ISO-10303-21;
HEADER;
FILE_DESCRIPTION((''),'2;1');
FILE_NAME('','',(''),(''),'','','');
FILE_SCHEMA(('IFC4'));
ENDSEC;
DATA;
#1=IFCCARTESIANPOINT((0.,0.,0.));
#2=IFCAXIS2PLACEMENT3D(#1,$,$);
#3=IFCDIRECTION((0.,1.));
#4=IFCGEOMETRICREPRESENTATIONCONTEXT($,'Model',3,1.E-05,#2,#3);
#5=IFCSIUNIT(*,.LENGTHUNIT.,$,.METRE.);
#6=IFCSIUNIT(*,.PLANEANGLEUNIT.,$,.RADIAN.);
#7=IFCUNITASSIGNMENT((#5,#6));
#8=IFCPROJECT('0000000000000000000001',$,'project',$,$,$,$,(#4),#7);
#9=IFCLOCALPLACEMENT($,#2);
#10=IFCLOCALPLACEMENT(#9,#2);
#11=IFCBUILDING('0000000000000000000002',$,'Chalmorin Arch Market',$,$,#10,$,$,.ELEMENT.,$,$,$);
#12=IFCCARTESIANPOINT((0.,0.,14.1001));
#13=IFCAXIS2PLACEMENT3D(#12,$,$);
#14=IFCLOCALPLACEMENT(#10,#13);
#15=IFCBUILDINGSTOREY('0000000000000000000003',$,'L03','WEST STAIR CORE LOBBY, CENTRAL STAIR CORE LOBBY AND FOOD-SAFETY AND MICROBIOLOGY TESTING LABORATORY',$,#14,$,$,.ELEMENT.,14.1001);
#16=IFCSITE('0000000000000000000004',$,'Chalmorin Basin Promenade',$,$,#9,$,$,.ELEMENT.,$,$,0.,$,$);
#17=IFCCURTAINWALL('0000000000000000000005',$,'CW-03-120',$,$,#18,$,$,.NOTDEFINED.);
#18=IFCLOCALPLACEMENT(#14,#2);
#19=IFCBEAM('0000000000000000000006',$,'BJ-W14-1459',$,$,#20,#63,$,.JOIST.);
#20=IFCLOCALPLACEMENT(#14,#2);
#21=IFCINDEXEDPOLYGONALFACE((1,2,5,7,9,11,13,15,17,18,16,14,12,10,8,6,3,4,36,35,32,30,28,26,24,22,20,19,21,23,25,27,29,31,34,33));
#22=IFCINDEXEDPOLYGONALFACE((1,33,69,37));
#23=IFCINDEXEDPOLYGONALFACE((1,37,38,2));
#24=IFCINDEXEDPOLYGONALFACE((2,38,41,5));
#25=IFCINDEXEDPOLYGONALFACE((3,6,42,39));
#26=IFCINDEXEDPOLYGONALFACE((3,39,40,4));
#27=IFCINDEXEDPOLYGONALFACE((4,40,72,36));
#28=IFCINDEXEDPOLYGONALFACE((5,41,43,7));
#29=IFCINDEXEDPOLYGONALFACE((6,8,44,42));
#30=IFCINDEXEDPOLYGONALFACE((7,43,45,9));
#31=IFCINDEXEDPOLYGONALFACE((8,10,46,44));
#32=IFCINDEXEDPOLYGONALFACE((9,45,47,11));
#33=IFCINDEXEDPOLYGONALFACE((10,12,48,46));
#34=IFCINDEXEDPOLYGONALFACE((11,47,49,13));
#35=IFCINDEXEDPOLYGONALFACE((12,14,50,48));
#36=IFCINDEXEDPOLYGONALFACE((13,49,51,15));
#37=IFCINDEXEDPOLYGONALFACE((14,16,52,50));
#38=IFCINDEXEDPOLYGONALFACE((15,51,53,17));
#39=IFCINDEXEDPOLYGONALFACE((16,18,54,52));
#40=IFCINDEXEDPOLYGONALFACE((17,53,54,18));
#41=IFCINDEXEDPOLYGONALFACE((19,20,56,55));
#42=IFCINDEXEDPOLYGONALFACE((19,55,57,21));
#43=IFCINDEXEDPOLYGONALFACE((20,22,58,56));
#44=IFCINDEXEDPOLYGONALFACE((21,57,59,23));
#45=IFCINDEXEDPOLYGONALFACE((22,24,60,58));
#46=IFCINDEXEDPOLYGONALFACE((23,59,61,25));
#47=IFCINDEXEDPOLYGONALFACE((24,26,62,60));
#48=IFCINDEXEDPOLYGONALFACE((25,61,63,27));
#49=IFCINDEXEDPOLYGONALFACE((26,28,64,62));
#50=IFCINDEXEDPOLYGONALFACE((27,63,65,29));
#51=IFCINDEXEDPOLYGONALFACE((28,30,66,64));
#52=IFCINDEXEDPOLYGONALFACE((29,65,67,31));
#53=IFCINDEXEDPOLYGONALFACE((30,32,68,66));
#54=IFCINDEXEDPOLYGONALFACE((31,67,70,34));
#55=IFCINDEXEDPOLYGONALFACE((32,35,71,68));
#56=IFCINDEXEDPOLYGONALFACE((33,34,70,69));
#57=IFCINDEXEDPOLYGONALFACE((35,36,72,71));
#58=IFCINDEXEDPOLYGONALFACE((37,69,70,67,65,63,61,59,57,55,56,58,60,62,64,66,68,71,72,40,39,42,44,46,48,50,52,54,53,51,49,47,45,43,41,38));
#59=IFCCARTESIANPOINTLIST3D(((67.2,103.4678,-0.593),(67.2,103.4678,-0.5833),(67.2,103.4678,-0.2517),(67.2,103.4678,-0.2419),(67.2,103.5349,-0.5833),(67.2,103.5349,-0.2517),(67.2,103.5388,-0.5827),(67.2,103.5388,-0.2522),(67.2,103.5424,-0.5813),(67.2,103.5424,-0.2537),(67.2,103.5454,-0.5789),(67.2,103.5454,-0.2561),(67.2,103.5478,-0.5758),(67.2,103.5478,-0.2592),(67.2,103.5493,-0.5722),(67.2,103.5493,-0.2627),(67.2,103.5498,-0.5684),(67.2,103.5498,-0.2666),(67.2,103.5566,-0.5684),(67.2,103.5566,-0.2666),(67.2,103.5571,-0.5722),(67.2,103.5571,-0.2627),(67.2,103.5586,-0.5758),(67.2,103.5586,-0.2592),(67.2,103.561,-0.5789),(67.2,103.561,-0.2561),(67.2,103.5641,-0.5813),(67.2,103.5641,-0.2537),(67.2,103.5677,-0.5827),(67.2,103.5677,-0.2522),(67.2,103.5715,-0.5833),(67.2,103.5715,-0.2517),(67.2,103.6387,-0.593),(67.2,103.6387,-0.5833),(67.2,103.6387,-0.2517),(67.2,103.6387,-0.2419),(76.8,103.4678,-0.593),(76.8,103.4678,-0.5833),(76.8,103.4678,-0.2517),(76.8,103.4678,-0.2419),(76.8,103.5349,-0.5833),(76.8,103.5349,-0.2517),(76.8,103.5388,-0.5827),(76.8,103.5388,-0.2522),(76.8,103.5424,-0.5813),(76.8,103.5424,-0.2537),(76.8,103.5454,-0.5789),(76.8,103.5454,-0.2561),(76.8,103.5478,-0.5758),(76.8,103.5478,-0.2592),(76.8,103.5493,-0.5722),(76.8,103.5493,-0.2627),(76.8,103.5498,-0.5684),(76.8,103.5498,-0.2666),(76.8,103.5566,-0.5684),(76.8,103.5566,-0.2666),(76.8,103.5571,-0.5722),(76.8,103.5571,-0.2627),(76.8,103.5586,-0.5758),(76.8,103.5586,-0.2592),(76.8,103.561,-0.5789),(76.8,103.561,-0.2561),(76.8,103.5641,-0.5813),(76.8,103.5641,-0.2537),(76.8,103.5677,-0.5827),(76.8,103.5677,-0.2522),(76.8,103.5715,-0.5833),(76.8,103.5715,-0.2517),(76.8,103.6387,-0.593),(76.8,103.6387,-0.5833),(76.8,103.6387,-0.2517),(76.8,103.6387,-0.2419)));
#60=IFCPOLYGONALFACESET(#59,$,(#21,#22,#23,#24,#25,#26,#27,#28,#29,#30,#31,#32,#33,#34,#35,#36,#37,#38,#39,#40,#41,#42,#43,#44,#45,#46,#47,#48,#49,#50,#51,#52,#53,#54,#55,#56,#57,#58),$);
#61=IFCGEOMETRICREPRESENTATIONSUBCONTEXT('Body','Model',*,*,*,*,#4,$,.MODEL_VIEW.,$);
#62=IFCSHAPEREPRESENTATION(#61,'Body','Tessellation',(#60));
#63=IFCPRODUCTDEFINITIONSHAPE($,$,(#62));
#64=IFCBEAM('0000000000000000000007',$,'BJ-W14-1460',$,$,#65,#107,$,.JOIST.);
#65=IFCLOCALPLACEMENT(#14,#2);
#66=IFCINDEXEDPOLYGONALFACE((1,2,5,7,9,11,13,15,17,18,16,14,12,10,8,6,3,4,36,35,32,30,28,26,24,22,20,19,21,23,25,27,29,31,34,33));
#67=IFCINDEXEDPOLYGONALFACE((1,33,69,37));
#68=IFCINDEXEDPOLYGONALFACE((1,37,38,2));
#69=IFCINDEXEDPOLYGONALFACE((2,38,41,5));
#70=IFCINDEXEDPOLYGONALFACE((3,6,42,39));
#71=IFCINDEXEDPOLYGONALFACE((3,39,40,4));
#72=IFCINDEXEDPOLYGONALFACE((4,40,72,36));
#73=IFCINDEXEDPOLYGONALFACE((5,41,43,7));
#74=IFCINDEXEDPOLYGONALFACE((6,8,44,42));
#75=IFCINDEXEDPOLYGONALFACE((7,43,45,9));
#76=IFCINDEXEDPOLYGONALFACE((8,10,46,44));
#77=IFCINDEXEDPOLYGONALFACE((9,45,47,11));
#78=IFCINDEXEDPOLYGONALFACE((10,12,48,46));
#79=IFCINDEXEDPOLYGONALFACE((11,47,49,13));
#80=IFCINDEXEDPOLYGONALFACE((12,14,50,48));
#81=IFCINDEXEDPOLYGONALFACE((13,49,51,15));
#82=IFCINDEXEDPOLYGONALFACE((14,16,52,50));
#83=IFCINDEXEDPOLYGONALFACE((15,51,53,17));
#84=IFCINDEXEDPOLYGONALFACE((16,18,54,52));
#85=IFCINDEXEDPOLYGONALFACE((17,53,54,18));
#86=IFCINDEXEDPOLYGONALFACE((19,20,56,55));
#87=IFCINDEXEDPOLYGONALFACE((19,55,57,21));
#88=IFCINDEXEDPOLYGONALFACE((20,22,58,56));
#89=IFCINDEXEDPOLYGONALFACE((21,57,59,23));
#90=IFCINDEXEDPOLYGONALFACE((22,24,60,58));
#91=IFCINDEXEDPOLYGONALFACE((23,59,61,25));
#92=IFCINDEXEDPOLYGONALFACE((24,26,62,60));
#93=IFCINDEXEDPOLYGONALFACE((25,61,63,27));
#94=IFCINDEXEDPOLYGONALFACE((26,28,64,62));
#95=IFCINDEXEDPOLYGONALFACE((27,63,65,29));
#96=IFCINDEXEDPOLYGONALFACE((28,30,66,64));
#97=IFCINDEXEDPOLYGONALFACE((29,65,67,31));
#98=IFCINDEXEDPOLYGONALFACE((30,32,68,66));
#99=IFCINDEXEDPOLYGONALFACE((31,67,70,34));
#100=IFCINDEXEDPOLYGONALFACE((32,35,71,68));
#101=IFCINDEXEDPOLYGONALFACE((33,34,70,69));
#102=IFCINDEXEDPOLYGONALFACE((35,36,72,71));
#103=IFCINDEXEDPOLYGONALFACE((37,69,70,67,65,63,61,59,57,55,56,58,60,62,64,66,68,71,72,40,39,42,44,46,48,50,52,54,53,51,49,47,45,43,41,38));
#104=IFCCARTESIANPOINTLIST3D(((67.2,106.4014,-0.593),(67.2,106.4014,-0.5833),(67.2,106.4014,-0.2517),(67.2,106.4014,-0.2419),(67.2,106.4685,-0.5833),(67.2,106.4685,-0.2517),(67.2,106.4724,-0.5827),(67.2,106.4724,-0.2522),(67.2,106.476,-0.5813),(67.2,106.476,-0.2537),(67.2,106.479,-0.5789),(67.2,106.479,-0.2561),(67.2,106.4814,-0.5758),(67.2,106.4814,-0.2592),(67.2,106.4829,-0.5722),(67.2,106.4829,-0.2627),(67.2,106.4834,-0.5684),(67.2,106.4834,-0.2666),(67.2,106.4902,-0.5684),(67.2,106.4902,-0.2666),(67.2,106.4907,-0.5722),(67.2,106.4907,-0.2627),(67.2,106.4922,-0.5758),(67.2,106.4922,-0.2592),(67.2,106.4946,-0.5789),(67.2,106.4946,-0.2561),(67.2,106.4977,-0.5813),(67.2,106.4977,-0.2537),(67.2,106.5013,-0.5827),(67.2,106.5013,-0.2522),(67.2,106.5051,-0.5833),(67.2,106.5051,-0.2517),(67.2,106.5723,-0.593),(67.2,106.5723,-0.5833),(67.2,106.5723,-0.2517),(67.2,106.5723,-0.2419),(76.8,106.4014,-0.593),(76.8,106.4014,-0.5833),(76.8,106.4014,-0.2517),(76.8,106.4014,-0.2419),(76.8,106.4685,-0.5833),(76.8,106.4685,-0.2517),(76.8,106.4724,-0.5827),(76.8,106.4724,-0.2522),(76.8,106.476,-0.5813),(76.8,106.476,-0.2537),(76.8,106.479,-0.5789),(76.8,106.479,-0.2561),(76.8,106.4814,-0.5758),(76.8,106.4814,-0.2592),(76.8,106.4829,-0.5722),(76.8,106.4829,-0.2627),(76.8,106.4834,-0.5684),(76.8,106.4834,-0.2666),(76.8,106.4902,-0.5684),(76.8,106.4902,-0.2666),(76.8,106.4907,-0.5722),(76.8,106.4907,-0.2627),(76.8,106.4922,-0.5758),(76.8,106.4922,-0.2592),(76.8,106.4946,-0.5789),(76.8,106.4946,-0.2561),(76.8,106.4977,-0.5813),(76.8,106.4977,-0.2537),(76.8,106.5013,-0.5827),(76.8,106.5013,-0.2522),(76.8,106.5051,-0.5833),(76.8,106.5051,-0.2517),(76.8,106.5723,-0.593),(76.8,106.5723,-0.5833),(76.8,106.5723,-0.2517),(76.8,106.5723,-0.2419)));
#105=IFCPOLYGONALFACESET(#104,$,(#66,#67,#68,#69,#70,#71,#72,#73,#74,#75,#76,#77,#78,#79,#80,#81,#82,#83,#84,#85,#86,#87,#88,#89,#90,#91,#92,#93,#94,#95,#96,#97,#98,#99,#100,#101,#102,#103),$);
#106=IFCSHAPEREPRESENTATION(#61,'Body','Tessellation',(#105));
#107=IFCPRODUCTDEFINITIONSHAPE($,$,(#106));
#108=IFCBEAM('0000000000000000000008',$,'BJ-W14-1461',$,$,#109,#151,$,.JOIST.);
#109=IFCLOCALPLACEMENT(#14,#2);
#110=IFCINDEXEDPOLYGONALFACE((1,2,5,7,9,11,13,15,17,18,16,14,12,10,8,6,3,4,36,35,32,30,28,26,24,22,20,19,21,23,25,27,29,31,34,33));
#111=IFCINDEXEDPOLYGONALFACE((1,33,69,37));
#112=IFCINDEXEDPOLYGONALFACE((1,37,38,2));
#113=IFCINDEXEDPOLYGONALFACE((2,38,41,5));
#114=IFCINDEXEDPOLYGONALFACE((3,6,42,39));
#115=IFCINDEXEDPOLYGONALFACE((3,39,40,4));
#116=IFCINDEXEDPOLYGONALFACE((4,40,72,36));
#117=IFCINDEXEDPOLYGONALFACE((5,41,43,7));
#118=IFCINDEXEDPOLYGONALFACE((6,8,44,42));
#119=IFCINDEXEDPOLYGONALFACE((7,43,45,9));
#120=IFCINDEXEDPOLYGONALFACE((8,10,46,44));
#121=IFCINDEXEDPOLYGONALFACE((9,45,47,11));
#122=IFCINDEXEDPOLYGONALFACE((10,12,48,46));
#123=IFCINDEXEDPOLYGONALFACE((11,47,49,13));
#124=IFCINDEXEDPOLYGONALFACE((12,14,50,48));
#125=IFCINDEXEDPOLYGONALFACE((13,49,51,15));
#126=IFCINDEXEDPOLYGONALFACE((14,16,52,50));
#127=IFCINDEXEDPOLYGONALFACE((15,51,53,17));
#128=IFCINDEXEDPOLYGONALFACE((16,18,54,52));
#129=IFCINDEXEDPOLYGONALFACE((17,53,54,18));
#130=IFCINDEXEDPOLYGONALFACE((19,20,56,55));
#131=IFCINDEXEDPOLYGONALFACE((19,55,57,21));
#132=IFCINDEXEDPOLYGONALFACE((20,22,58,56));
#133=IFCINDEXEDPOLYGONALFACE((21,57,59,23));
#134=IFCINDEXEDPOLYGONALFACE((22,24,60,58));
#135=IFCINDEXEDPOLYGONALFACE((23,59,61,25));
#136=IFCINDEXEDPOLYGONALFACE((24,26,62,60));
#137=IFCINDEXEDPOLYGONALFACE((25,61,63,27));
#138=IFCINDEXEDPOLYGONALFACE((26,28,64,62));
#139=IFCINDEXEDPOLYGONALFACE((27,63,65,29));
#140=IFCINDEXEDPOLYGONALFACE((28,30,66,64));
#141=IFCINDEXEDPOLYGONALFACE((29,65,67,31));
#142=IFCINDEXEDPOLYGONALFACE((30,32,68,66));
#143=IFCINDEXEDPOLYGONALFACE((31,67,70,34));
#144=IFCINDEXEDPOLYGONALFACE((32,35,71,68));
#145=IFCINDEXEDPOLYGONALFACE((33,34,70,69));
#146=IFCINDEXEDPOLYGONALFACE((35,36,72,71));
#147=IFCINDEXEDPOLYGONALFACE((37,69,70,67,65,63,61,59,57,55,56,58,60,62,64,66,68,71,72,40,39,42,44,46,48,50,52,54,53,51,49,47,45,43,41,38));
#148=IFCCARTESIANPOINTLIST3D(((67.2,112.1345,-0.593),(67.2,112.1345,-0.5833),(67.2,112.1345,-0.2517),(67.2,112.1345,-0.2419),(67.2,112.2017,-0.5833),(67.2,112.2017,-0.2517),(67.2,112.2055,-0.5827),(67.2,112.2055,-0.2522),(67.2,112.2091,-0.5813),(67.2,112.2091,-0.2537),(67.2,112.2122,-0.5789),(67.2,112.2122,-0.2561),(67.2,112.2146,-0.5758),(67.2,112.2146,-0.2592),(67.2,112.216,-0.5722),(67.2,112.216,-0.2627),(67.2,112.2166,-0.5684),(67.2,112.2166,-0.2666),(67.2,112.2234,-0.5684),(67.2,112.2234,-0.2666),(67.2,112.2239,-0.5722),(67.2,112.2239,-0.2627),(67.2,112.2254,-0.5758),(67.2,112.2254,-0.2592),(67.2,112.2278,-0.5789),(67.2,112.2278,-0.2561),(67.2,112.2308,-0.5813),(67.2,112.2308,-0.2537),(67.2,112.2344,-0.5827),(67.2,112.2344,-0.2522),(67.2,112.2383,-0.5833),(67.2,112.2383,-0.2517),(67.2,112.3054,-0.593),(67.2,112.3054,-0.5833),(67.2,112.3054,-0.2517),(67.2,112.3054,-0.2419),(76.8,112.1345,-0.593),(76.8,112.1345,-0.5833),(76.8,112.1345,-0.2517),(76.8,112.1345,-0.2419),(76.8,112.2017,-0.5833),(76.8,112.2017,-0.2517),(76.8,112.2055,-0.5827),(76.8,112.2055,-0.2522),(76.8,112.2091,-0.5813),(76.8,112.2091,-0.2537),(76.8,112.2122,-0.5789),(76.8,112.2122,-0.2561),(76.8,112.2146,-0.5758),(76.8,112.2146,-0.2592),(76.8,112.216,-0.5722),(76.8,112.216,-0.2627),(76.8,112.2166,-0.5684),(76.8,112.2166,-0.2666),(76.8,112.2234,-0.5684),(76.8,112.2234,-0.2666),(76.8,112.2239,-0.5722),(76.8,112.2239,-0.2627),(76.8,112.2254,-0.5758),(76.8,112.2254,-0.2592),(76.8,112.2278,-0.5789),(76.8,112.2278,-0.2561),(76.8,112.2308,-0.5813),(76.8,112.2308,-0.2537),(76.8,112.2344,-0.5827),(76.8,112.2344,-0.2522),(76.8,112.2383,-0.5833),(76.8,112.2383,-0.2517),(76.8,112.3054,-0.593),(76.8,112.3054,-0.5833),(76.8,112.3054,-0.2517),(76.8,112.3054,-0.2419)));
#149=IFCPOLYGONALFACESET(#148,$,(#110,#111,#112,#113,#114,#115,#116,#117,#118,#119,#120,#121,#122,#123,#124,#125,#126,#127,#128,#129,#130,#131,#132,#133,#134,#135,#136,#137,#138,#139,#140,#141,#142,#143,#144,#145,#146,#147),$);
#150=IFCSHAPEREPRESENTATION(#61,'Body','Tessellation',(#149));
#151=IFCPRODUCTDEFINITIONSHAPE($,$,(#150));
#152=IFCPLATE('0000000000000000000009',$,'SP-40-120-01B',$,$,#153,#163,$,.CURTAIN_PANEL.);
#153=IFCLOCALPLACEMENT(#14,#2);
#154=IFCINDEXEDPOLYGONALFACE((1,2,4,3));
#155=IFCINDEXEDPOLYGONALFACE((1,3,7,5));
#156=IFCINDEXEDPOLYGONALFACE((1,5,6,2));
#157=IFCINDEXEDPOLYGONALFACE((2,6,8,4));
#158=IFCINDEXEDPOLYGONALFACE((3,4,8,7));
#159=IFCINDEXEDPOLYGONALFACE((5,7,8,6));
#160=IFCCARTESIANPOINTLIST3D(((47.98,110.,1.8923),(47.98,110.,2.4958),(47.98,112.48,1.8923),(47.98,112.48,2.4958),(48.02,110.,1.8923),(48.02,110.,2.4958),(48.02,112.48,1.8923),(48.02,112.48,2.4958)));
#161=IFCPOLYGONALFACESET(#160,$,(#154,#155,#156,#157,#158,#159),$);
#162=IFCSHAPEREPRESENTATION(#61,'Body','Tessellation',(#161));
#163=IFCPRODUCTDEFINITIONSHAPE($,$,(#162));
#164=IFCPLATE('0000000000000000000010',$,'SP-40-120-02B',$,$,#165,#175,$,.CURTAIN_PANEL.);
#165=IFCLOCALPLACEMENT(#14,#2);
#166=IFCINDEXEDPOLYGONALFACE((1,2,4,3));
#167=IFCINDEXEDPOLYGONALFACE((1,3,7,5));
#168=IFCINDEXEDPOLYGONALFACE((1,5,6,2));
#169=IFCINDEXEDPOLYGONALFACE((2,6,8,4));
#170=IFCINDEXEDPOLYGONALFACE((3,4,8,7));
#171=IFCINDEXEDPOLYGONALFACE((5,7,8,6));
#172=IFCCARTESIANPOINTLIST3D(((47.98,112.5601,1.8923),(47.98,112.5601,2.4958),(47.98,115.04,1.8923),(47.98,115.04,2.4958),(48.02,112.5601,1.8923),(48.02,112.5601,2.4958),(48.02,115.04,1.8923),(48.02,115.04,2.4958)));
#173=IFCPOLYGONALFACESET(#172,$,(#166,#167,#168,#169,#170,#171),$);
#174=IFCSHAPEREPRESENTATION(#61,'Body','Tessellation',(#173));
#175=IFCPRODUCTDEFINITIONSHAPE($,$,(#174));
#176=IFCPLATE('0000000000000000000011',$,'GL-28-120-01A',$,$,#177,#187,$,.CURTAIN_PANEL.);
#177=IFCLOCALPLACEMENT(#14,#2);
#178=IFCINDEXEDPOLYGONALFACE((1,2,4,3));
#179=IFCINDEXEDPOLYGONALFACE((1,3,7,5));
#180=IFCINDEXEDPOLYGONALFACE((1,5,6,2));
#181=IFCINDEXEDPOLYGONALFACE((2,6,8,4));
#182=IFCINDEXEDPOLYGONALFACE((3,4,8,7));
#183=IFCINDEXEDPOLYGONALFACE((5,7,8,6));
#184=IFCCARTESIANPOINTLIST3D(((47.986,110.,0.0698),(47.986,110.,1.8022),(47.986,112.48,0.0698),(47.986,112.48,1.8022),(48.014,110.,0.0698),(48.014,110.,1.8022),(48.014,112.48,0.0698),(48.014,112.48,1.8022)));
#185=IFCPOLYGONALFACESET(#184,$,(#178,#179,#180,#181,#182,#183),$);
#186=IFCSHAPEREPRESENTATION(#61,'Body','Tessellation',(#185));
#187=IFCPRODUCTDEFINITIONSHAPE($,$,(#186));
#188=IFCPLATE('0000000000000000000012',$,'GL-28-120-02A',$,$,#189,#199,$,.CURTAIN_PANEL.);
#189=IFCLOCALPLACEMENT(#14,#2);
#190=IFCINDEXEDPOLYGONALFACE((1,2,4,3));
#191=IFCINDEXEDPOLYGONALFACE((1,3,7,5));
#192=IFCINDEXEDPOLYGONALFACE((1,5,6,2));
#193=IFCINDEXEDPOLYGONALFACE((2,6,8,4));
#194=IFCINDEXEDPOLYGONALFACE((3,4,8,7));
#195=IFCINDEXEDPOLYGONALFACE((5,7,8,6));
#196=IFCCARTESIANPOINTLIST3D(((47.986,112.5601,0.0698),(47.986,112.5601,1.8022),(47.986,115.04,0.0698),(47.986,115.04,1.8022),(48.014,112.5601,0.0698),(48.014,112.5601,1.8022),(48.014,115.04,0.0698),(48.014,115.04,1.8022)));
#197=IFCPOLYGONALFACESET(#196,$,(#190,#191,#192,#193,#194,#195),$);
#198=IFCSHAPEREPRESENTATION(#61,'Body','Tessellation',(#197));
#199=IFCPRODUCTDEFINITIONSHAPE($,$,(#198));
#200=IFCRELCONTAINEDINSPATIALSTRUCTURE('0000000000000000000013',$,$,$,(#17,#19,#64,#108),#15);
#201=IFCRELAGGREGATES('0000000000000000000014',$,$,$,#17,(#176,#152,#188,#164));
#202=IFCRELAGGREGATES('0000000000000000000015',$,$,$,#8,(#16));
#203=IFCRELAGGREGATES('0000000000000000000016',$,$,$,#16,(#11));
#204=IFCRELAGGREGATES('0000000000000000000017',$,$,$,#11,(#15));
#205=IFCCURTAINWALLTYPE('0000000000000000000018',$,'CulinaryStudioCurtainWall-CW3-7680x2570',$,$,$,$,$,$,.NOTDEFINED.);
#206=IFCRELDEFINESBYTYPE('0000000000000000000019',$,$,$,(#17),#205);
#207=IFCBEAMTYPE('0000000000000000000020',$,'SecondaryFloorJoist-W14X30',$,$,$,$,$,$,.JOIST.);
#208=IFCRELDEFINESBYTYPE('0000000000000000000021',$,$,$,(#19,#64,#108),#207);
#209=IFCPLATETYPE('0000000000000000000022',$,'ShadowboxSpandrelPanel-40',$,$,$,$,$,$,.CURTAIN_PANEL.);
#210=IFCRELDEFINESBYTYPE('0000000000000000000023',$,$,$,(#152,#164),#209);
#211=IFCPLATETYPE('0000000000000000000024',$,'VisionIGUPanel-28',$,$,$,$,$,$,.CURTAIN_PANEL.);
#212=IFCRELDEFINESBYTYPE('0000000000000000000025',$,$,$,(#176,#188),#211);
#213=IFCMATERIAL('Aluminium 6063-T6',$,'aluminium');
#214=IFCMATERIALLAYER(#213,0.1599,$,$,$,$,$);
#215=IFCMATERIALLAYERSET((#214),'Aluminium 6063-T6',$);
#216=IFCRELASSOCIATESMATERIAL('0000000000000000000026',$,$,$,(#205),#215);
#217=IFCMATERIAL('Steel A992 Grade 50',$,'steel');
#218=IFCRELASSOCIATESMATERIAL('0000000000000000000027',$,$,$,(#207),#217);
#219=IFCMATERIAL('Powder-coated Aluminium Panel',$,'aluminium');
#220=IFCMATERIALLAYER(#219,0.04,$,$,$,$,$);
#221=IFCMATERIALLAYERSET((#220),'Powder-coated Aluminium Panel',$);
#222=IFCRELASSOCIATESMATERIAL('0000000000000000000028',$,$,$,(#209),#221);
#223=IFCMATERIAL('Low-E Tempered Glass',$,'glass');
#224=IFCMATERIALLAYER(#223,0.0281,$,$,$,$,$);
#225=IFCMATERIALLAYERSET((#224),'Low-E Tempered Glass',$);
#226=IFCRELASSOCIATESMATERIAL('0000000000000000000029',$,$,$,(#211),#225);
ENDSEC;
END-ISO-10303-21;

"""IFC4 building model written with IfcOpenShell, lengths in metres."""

from ifc_helpers import new_model, si_unit, direction, frame, origin, origin_2d, place, context, subcontext, project, spatial, rectangle, i_section, extrude, material, layer, layer_set, material_profile, profile_set, type_object, element, aggregate, save


model = new_model("IFC4")

# Units and contexts
model_context = context("Model", 3, precision=1e-05, world=origin(), true_north=direction((0.0, 1.0)))
body_context = subcontext(model_context, "Body", "Model", "MODEL_VIEW")
ifc_project = project(units=[si_unit("LENGTHUNIT", "METRE"), si_unit("PLANEANGLEUNIT", "RADIAN")], contexts=[model_context])

# Site, building, storey
site_placement = place(None, origin())
site = spatial("IfcSite", under=ifc_project, at=site_placement, Name="Chalmorin Basin Promenade", CompositionType="ELEMENT", RefElevation=0.0)
building_placement = place(site_placement, origin())
building = spatial("IfcBuilding", under=site, at=building_placement, Name="Chalmorin Arch Market", CompositionType="ELEMENT")
storey_placement = place(building_placement, frame((0.0, 0.0, 14.1001)))
storey = spatial("IfcBuildingStorey", under=building, at=storey_placement, Name="L03", Description="WEST STAIR CORE LOBBY, CENTRAL STAIR CORE LOBBY AND FOOD-SAFETY AND MICROBIOLOGY TESTING LABORATORY", CompositionType="ELEMENT", Elevation=14.1001)

# Curtain wall
ifc_material_1 = material(Name="Aluminium 6063-T6", Category="aluminium")
ifc_layer_1 = layer(ifc_material_1, 0.1599)
ifc_layer_set_1 = layer_set([ifc_layer_1], Name="Aluminium 6063-T6")
curtain_wall_type = type_object("IfcCurtainWallType", Name="CulinaryStudioCurtainWall-CW3-7680x2570", PredefinedType="NOTDEFINED", material=ifc_layer_set_1)
curtain_wall_placement = place(storey_placement, origin())
curtain_wall = element("IfcCurtainWall", 1, at=curtain_wall_placement, inside=storey, type_object=curtain_wall_type, Name="CW-03-120", PredefinedType="NOTDEFINED")

# Shared definitions
ifc_material_2 = material(Name="Steel A992 Grade 50", Category="steel")

# Beams
ifc_material_profile_1 = material_profile(ifc_material_2, i_section(OverallWidth=0.1709, OverallDepth=0.3511, WebThickness=0.0068, FlangeThickness=0.0098, FilletRadius=0.0149, at=origin_2d()), Name="W14X30")
ifc_profile_set_1 = profile_set([ifc_material_profile_1], Name="Steel A992 Grade 50")
beam_type_1 = type_object("IfcBeamType", Name="SecondaryFloorJoist-W14X30", PredefinedType="JOIST", material=ifc_profile_set_1)
for number, where, z_axis, x_axis, name in (
    (2, (67.2, 103.5532, -0.4175), (1.0, 0.0, 0.0), (0.0, 1.0, 0.0), "BJ-W14-1459"),
    (3, (67.2, 106.4868, -0.4175), (1.0, 0.0, 0.0), (0.0, 1.0, 0.0), "BJ-W14-1460"),
    (4, (67.2, 112.22, -0.4175), (1.0, 0.0, 0.0), (0.0, 1.0, 0.0), "BJ-W14-1461"),
):
    element("IfcBeam", number, at=place(storey_placement, frame(where, z_axis=z_axis, x_axis=x_axis)), inside=storey, type_object=beam_type_1, Name=name, PredefinedType="JOIST", context=body_context, shape_type="SweptSolid", body=[
        extrude(i_section(OverallWidth=0.1709, OverallDepth=0.3511, WebThickness=0.0068, FlangeThickness=0.0098, FilletRadius=0.0149, at=origin_2d()), origin(), (0.0, 0.0, 1.0), 9.6001),
    ])

# Plates
ifc_material_3 = material(Name="Powder-coated Aluminium Panel", Category="aluminium")
ifc_layer_2 = layer(ifc_material_3, 0.04)
ifc_layer_set_2 = layer_set([ifc_layer_2], Name="Powder-coated Aluminium Panel")
plate_type_1 = type_object("IfcPlateType", Name="ShadowboxSpandrelPanel-40", PredefinedType="CURTAIN_PANEL", material=ifc_layer_set_2)
plate_1_placement = place(storey_placement, frame((48.0, 111.24, 1.8923), z_axis=(0.0, 0.0, 1.0), x_axis=(0.0, 1.0, 0.0)))
plate_1 = element("IfcPlate", 5, at=plate_1_placement, type_object=plate_type_1, Name="SP-40-120-01B", PredefinedType="CURTAIN_PANEL", context=body_context, shape_type="SweptSolid", body=[
    extrude(rectangle(XDim=2.48, YDim=0.04, at=origin_2d()), origin(), (0.0, 0.0, 1.0), 0.6035),
])
plate_2_placement = place(storey_placement, frame((48.0, 113.8, 1.8923), z_axis=(0.0, 0.0, 1.0), x_axis=(0.0, 1.0, 0.0)))
plate_2 = element("IfcPlate", 6, at=plate_2_placement, type_object=plate_type_1, Name="SP-40-120-02B", PredefinedType="CURTAIN_PANEL", context=body_context, shape_type="SweptSolid", body=[
    extrude(rectangle(XDim=2.48, YDim=0.04, at=origin_2d()), origin(), (0.0, 0.0, 1.0), 0.6035),
])
ifc_material_4 = material(Name="Low-E Tempered Glass", Category="glass")
ifc_layer_3 = layer(ifc_material_4, 0.0281)
ifc_layer_set_3 = layer_set([ifc_layer_3], Name="Low-E Tempered Glass")
plate_type_2 = type_object("IfcPlateType", Name="VisionIGUPanel-28", PredefinedType="CURTAIN_PANEL", material=ifc_layer_set_3)
plate_3_placement = place(storey_placement, frame((48.0, 111.24, 0.0698), z_axis=(0.0, 0.0, 1.0), x_axis=(0.0, 1.0, 0.0)))
plate_3 = element("IfcPlate", 7, at=plate_3_placement, type_object=plate_type_2, Name="GL-28-120-01A", PredefinedType="CURTAIN_PANEL", context=body_context, shape_type="SweptSolid", body=[
    extrude(rectangle(XDim=2.48, YDim=0.0281, at=origin_2d()), origin(), (0.0, 0.0, 1.0), 1.7324),
])
plate_4_placement = place(storey_placement, frame((48.0, 113.8, 0.0698), z_axis=(0.0, 0.0, 1.0), x_axis=(0.0, 1.0, 0.0)))
plate_4 = element("IfcPlate", 8, at=plate_4_placement, type_object=plate_type_2, Name="GL-28-120-02A", PredefinedType="CURTAIN_PANEL", context=body_context, shape_type="SweptSolid", body=[
    extrude(rectangle(XDim=2.48, YDim=0.0281, at=origin_2d()), origin(), (0.0, 0.0, 1.0), 1.7324),
])
aggregate(curtain_wall, [plate_3, plate_1, plate_4, plate_2])

save(model, "model.ifc")
